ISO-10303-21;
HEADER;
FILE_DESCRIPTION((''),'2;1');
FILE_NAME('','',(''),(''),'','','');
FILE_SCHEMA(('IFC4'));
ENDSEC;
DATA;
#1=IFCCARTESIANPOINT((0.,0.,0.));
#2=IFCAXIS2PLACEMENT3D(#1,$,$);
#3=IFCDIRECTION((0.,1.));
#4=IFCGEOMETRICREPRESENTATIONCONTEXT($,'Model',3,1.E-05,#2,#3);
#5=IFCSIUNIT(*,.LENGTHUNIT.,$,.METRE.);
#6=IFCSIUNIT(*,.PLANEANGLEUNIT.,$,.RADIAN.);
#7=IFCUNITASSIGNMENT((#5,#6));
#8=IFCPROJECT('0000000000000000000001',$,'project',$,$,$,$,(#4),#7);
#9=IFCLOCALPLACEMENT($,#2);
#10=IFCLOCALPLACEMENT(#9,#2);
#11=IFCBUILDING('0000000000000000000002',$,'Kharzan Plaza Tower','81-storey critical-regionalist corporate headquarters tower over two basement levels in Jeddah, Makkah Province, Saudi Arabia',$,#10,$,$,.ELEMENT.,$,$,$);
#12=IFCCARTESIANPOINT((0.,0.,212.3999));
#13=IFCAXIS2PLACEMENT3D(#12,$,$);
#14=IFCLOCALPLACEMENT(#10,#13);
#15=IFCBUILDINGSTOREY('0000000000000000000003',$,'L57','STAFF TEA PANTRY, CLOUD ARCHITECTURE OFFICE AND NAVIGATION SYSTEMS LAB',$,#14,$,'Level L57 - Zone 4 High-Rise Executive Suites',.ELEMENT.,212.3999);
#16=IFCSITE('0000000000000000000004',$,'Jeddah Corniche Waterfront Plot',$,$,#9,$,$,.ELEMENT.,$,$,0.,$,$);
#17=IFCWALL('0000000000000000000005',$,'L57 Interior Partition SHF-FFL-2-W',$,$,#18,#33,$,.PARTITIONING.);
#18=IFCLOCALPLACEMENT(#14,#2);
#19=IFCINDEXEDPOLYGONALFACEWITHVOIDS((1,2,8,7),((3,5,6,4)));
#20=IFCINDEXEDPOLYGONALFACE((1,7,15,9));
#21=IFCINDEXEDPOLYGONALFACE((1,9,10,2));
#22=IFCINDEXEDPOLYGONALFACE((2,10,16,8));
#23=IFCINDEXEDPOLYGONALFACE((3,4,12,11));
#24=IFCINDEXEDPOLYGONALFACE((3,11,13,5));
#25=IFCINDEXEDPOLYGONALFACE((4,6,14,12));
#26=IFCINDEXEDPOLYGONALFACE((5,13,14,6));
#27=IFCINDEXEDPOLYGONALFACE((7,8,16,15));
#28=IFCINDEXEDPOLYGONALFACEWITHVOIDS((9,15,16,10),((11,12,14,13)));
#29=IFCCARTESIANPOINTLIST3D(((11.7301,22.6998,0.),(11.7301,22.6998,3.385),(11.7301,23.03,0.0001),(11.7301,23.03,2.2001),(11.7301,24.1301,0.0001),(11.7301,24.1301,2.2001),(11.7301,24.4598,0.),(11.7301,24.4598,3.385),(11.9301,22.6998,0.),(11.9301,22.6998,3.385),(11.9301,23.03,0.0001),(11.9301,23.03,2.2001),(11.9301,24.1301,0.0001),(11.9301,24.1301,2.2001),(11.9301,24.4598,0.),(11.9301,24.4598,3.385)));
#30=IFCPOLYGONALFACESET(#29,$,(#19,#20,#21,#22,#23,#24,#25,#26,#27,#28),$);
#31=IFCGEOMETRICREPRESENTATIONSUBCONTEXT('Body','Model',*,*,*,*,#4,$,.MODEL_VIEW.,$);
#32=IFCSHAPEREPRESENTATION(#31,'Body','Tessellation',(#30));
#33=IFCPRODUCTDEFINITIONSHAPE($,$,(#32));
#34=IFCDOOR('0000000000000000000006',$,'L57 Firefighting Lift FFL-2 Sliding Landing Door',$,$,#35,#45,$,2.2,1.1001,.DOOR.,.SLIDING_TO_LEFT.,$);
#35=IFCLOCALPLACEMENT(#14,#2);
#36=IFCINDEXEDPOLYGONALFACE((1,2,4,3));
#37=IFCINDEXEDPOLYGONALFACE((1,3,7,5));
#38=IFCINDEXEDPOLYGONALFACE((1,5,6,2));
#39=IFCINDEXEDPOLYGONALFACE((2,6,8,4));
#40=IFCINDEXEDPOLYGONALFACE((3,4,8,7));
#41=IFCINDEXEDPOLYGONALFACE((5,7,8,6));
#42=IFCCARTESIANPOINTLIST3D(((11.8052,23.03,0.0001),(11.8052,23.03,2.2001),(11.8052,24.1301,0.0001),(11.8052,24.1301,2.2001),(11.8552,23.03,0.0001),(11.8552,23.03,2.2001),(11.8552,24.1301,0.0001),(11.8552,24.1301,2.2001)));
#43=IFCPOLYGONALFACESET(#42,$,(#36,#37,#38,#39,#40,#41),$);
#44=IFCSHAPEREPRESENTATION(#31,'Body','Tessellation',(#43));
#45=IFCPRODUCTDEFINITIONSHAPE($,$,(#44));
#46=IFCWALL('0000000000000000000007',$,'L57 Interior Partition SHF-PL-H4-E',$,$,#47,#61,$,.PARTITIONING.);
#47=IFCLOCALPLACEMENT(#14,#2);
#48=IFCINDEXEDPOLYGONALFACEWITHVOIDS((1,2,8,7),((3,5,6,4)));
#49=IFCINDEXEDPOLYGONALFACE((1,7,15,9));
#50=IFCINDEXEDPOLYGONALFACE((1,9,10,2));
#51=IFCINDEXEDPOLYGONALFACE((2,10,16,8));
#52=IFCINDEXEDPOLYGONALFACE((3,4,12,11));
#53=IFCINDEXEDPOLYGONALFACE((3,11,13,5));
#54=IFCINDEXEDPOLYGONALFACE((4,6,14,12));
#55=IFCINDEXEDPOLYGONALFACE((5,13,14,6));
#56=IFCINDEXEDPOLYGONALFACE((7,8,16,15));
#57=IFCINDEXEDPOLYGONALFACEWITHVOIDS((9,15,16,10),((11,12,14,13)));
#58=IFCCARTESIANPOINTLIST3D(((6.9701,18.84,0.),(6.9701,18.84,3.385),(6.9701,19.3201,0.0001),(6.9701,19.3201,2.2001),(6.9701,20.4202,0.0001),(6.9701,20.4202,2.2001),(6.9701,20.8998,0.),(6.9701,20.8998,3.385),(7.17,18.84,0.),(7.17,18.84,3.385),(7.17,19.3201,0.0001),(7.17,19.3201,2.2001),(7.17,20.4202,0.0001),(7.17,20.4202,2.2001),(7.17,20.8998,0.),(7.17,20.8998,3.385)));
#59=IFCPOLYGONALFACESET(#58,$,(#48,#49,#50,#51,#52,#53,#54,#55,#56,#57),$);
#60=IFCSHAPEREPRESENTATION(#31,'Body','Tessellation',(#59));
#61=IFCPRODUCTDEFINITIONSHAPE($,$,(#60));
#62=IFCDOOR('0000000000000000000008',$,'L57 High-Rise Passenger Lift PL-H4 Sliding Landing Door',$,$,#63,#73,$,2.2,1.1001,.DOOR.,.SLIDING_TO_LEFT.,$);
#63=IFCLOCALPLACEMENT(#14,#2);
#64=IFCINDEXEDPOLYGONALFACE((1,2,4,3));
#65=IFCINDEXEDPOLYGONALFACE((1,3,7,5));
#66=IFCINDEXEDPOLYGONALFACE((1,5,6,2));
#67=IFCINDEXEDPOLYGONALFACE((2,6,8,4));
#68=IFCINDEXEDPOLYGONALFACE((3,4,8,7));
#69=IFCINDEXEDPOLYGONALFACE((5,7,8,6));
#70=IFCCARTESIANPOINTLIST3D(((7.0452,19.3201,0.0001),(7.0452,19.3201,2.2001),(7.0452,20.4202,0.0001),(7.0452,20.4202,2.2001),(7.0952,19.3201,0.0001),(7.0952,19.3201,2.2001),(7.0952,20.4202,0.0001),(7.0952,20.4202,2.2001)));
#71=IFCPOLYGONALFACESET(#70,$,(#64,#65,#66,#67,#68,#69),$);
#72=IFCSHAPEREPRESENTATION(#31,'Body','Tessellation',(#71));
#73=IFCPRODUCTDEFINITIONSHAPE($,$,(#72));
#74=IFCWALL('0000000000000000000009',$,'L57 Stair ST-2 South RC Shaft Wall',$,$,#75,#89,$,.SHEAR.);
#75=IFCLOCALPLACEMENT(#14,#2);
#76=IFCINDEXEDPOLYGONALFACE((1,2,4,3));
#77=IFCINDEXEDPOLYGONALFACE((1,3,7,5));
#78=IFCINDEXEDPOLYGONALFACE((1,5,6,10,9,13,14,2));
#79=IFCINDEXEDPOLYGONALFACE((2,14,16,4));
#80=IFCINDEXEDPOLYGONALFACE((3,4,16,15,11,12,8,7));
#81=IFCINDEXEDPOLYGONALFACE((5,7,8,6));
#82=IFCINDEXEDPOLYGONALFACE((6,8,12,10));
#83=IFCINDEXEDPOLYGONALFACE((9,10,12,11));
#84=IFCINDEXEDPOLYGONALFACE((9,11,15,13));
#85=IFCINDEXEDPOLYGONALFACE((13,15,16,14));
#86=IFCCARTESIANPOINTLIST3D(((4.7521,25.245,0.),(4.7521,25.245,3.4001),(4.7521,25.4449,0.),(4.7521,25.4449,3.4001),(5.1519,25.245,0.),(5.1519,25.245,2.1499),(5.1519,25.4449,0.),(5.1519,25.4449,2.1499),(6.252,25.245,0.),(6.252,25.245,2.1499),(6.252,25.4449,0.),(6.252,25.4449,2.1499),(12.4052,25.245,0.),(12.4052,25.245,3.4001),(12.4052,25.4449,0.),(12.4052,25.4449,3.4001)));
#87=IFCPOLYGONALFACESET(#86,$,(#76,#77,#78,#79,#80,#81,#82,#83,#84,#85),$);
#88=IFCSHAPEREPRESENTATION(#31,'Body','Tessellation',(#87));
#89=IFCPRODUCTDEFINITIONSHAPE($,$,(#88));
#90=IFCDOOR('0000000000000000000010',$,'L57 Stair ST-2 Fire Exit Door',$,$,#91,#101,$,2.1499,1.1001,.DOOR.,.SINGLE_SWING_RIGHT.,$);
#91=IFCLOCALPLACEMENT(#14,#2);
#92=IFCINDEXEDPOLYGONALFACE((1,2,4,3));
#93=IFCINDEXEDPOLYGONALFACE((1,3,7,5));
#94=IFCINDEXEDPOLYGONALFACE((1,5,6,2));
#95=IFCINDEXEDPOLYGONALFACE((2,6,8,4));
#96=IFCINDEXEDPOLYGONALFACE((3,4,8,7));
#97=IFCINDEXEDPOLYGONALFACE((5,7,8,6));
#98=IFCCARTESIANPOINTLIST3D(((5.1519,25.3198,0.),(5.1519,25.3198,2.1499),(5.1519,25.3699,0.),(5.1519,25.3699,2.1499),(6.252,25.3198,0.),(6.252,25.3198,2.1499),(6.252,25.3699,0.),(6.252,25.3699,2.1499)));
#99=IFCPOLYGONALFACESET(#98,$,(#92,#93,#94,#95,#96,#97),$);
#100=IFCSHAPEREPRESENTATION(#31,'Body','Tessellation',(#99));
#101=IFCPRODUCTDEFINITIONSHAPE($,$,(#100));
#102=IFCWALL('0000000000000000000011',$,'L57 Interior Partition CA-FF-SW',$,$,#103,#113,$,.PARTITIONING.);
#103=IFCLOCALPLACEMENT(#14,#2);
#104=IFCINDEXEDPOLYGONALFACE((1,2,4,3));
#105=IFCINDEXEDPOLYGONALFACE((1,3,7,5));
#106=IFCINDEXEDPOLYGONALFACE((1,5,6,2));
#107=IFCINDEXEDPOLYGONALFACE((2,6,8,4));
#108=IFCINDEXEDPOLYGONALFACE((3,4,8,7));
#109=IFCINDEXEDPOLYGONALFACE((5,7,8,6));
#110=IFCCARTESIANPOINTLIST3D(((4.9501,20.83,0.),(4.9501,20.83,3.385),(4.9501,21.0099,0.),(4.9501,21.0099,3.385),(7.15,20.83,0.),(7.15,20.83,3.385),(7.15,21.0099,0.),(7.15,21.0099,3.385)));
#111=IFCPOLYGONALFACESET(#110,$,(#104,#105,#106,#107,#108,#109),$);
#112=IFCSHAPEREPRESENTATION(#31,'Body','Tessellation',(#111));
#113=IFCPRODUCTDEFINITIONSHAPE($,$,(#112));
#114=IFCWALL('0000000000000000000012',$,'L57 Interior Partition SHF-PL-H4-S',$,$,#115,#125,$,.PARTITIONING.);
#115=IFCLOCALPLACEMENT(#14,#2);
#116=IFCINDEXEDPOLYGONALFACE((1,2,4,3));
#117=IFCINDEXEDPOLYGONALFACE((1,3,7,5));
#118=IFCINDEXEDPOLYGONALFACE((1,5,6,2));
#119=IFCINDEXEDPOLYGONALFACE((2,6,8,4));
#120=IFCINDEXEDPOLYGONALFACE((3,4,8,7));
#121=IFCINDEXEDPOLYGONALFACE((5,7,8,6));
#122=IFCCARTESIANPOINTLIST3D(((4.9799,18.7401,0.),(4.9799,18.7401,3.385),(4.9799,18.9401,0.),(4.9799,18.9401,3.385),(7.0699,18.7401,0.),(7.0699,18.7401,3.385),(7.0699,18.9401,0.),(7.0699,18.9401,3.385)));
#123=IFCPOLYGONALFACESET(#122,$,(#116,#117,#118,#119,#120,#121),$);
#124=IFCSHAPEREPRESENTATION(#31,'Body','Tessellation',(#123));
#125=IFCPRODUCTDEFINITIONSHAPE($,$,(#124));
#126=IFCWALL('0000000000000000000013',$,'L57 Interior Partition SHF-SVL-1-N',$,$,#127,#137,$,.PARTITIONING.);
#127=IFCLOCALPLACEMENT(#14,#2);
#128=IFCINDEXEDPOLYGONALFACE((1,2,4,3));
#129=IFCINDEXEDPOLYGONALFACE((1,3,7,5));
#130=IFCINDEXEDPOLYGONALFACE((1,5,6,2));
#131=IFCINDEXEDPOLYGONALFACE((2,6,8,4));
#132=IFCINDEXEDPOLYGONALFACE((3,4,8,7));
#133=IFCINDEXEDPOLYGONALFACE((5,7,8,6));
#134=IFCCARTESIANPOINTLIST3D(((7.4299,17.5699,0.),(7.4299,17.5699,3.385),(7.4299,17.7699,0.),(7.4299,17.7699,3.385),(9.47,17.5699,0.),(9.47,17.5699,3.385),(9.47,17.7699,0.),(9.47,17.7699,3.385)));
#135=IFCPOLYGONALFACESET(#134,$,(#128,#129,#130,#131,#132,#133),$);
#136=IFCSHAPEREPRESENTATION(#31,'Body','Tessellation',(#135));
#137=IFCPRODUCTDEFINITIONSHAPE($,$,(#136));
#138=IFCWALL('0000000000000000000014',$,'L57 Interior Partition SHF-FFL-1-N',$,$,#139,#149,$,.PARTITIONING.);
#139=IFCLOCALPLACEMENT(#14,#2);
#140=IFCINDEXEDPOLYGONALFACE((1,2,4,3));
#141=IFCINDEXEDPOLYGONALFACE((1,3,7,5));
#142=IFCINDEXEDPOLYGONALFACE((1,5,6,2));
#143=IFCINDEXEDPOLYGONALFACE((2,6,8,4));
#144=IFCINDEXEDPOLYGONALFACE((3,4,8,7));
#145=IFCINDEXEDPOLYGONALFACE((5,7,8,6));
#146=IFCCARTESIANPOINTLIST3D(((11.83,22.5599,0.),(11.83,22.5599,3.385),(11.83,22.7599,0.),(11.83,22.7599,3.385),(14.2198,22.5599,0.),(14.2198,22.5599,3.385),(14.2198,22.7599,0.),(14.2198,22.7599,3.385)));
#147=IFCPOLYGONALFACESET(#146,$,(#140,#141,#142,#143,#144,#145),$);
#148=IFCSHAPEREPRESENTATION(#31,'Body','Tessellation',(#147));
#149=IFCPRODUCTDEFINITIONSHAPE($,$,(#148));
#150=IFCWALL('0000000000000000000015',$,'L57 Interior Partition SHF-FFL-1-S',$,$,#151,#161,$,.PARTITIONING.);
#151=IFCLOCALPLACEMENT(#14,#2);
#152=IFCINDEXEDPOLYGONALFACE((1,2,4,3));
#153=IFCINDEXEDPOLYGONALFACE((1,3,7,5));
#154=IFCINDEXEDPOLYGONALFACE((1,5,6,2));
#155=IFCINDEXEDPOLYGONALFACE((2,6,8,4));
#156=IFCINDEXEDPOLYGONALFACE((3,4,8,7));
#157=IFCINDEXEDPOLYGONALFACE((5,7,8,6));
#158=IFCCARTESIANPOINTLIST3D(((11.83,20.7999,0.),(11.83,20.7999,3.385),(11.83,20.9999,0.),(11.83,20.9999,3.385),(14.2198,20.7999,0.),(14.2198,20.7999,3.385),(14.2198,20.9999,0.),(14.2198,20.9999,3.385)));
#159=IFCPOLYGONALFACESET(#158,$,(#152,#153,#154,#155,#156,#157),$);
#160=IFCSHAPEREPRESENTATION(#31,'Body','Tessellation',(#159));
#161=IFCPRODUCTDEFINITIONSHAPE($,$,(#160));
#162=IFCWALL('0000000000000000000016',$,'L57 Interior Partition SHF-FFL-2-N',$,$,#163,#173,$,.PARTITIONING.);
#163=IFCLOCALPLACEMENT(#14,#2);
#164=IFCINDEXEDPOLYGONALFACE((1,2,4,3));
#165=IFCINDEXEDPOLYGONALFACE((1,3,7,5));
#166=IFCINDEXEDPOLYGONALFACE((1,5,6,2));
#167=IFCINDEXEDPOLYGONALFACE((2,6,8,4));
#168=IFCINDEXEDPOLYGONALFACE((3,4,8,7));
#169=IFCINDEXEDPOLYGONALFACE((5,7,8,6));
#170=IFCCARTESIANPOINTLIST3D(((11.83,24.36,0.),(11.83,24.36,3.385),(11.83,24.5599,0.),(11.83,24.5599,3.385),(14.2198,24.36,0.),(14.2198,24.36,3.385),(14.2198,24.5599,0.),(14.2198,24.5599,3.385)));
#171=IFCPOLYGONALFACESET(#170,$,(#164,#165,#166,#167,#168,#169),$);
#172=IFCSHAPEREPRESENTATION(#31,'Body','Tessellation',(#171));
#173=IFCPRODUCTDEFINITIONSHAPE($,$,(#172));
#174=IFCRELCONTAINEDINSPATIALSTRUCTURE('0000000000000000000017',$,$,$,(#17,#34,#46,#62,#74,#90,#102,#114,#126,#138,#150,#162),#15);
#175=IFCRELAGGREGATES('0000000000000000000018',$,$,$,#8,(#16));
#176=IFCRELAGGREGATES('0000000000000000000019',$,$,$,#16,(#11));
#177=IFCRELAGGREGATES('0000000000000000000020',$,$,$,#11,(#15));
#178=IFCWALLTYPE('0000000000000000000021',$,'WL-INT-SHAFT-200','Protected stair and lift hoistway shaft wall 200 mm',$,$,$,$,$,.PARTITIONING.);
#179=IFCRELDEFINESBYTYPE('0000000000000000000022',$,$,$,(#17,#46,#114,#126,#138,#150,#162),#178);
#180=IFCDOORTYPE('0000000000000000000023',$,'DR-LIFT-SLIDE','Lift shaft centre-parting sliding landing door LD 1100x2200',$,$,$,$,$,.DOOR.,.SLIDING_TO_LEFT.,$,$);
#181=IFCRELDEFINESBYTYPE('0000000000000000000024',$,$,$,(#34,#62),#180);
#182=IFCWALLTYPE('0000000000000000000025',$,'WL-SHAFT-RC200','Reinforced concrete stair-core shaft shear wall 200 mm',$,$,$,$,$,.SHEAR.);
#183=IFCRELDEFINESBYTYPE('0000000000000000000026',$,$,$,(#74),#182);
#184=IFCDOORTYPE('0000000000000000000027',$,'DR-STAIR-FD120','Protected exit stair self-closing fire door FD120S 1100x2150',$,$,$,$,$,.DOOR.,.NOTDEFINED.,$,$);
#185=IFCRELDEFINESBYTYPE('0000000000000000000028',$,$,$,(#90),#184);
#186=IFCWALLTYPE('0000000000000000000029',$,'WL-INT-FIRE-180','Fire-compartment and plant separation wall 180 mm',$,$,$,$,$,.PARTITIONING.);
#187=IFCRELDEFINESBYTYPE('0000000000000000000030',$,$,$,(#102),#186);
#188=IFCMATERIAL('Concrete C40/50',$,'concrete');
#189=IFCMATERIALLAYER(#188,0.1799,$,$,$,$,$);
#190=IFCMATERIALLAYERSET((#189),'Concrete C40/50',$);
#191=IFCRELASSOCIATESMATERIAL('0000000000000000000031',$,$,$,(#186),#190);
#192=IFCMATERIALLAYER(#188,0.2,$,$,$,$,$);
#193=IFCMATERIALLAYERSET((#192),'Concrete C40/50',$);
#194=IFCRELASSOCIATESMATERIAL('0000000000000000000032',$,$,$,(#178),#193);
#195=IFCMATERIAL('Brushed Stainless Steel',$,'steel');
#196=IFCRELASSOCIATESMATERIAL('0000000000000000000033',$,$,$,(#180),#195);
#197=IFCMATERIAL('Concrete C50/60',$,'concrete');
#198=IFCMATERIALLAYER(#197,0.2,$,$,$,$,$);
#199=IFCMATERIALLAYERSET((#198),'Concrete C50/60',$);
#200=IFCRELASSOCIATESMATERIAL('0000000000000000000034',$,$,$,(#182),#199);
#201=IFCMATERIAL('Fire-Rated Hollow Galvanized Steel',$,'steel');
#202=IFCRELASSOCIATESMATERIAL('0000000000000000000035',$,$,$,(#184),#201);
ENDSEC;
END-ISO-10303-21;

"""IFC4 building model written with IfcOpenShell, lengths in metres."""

from ifc_helpers import new_model, si_unit, direction, frame, frame_2d, origin, place, context, subcontext, project, spatial, rectangle, extrude, source, transform, mapped, material, layer, layer_set, type_object, element, fill, save


model = new_model("IFC4")

# Units and contexts
model_context = context("Model", 3, precision=1e-05, world=origin(), true_north=direction((0.0, 1.0)))
body_context = subcontext(model_context, "Body", "Model", "MODEL_VIEW")
ifc_project = project(units=[si_unit("LENGTHUNIT", "METRE"), si_unit("PLANEANGLEUNIT", "RADIAN")], contexts=[model_context])

# Site, building, storey
site_placement = place(None, origin())
site = spatial("IfcSite", under=ifc_project, at=site_placement, Name="Jeddah Corniche Waterfront Plot", CompositionType="ELEMENT", RefElevation=0.0)
building_placement = place(site_placement, origin())
building = spatial("IfcBuilding", under=site, at=building_placement, Name="Kharzan Plaza Tower", Description="81-storey critical-regionalist corporate headquarters tower over two basement levels in Jeddah, Makkah Province, Saudi Arabia", CompositionType="ELEMENT")
storey_placement = place(building_placement, frame((0.0, 0.0, 212.3999)))
storey = spatial("IfcBuildingStorey", under=building, at=storey_placement, Name="L57", Description="STAFF TEA PANTRY, CLOUD ARCHITECTURE OFFICE AND NAVIGATION SYSTEMS LAB", LongName="Level L57 - Zone 4 High-Rise Executive Suites", CompositionType="ELEMENT", Elevation=212.3999)

# Walls, openings, doors
ifc_material_1 = material(Name="Concrete C40/50", Category="concrete")
ifc_layer_1 = layer(ifc_material_1, 0.1799)
ifc_layer_set_1 = layer_set([ifc_layer_1], Name="Concrete C40/50")
wall_type_1 = type_object("IfcWallType", Name="WL-INT-FIRE-180", Description="Fire-compartment and plant separation wall 180 mm", PredefinedType="PARTITIONING", material=ifc_layer_set_1)
ifc_layer_2 = layer(ifc_material_1, 0.2)
ifc_layer_set_2 = layer_set([ifc_layer_2], Name="Concrete C40/50")
wall_type_2 = type_object("IfcWallType", Name="WL-INT-SHAFT-200", Description="Protected stair and lift hoistway shaft wall 200 mm", PredefinedType="PARTITIONING", material=ifc_layer_set_2)
ifc_material_2 = material(Name="Brushed Stainless Steel", Category="steel")
door_type_1 = type_object("IfcDoorType", Name="DR-LIFT-SLIDE", Description="Lift shaft centre-parting sliding landing door LD 1100x2200", OperationType="SLIDING_TO_LEFT", PredefinedType="DOOR", material=ifc_material_2)
shared_shape_1 = source(origin(), body_context, "Body", "SweptSolid", [
    extrude(rectangle(XDim=1.1001, YDim=2.2, at=frame_2d((0.55, 1.1001))), frame((0.0, 0.0249, 0.0), z_axis=(0.0, -1.0, 0.0), x_axis=(1.0, 0.0, 0.0)), (0.0, 0.0, 1.0), 0.05),
])
wall_1_placement = place(storey_placement, frame((11.8301, 22.7, 0.0), z_axis=(0.0, 0.0, 1.0), x_axis=(0.0, 1.0, 0.0)))
wall_1 = element("IfcWall", 1, at=wall_1_placement, inside=storey, type_object=wall_type_2, Name="L57 Interior Partition SHF-FFL-2-W", PredefinedType="PARTITIONING", context=body_context, shape_type="SweptSolid", body=[
    extrude(rectangle(XDim=1.76, YDim=0.2, at=frame_2d((0.8799, 0.0))), origin(), (0.0, 0.0, 1.0), 3.385),
])
opening_1_placement = place(wall_1_placement, frame((0.3301, 0.0, 0.0)))
opening_1 = element("IfcOpeningElement", 2, at=opening_1_placement, cuts=wall_1, PredefinedType="OPENING", context=body_context, shape_type="SweptSolid", body=[
    extrude(rectangle(XDim=1.1001, YDim=2.2, at=frame_2d((0.55, 1.1001))), frame((0.0, 0.1099, 0.0), z_axis=(0.0, -1.0, 0.0), x_axis=(1.0, 0.0, 0.0)), (0.0, 0.0, 1.0), 0.22),
])
door_1_placement = place(opening_1_placement, origin())
door_1 = element("IfcDoor", 3, at=door_1_placement, inside=storey, type_object=door_type_1, Name="L57 Firefighting Lift FFL-2 Sliding Landing Door", OperationType="SLIDING_TO_LEFT", OverallHeight=2.2, OverallWidth=1.1001, PredefinedType="DOOR", context=body_context, shape_type="MappedRepresentation", body=[
    mapped(shared_shape_1, transform((0.0, 0.0, 0.0), x_axis=(1.0, 0.0, 0.0), y_axis=(0.0, 1.0, 0.0), z_axis=(0.0, 0.0, 1.0))),
])
fill(opening_1, door_1)
wall_2_placement = place(storey_placement, frame((7.0701, 18.8401, 0.0), z_axis=(0.0, 0.0, 1.0), x_axis=(0.0, 1.0, 0.0)))
wall_2 = element("IfcWall", 4, at=wall_2_placement, inside=storey, type_object=wall_type_2, Name="L57 Interior Partition SHF-PL-H4-E", PredefinedType="PARTITIONING", context=body_context, shape_type="SweptSolid", body=[
    extrude(rectangle(XDim=2.0598, YDim=0.2, at=frame_2d((1.0298, 0.0))), origin(), (0.0, 0.0, 1.0), 3.385),
])
opening_2_placement = place(wall_2_placement, frame((0.48, 0.0, 0.0)))
opening_2 = element("IfcOpeningElement", 5, at=opening_2_placement, cuts=wall_2, PredefinedType="OPENING", context=body_context, shape_type="SweptSolid", body=[
    extrude(rectangle(XDim=1.1001, YDim=2.2, at=frame_2d((0.55, 1.1001))), frame((0.0, 0.1099, 0.0), z_axis=(0.0, -1.0, 0.0), x_axis=(1.0, 0.0, 0.0)), (0.0, 0.0, 1.0), 0.22),
])
door_2_placement = place(opening_2_placement, origin())
door_2 = element("IfcDoor", 6, at=door_2_placement, inside=storey, type_object=door_type_1, Name="L57 High-Rise Passenger Lift PL-H4 Sliding Landing Door", OperationType="SLIDING_TO_LEFT", OverallHeight=2.2, OverallWidth=1.1001, PredefinedType="DOOR", context=body_context, shape_type="MappedRepresentation", body=[
    mapped(shared_shape_1, transform((0.0, 0.0, 0.0), x_axis=(1.0, 0.0, 0.0), y_axis=(0.0, 1.0, 0.0), z_axis=(0.0, 0.0, 1.0))),
])
fill(opening_2, door_2)
ifc_material_3 = material(Name="Concrete C50/60", Category="concrete")
ifc_layer_3 = layer(ifc_material_3, 0.2)
ifc_layer_set_3 = layer_set([ifc_layer_3], Name="Concrete C50/60")
wall_type_3 = type_object("IfcWallType", Name="WL-SHAFT-RC200", Description="Reinforced concrete stair-core shaft shear wall 200 mm", PredefinedType="SHEAR", material=ifc_layer_set_3)
wall_3_placement = place(storey_placement, frame((4.752, 25.345, 0.0), z_axis=(0.0, 0.0, 1.0), x_axis=(1.0, 0.0, 0.0)))
wall_3 = element("IfcWall", 7, at=wall_3_placement, inside=storey, type_object=wall_type_3, Name="L57 Stair ST-2 South RC Shaft Wall", PredefinedType="SHEAR", context=body_context, shape_type="SweptSolid", body=[
    extrude(rectangle(XDim=7.6531, YDim=0.2, at=frame_2d((3.8267, 0.0))), origin(), (0.0, 0.0, 1.0), 3.4001),
])
opening_3_placement = place(wall_3_placement, frame((0.3999, 0.0, 0.0)))
opening_3 = element("IfcOpeningElement", 8, at=opening_3_placement, cuts=wall_3, PredefinedType="OPENING", context=body_context, shape_type="SweptSolid", body=[
    extrude(rectangle(XDim=1.1001, YDim=2.1499, at=frame_2d((0.55, 1.075))), frame((0.0, 0.1099, 0.0), z_axis=(0.0, -1.0, 0.0), x_axis=(1.0, 0.0, 0.0)), (0.0, 0.0, 1.0), 0.22),
])
ifc_material_4 = material(Name="Fire-Rated Hollow Galvanized Steel", Category="steel")
door_type_2 = type_object("IfcDoorType", Name="DR-STAIR-FD120", Description="Protected exit stair self-closing fire door FD120S 1100x2150", OperationType="NOTDEFINED", PredefinedType="DOOR", material=ifc_material_4)
shared_shape_2 = source(origin(), body_context, "Body", "SweptSolid", [
    extrude(rectangle(XDim=1.1001, YDim=2.1499, at=frame_2d((0.55, 1.075))), frame((0.0, 0.0249, 0.0), z_axis=(0.0, -1.0, 0.0), x_axis=(1.0, 0.0, 0.0)), (0.0, 0.0, 1.0), 0.05),
])
door_3_placement = place(opening_3_placement, origin())
door_3 = element("IfcDoor", 9, at=door_3_placement, inside=storey, type_object=door_type_2, Name="L57 Stair ST-2 Fire Exit Door", OperationType="SINGLE_SWING_RIGHT", OverallHeight=2.1499, OverallWidth=1.1001, PredefinedType="DOOR", context=body_context, shape_type="MappedRepresentation", body=[
    mapped(shared_shape_2, transform((0.0, 0.0, 0.0), x_axis=(1.0, 0.0, 0.0), y_axis=(0.0, 1.0, 0.0), z_axis=(0.0, 0.0, 1.0))),
])
fill(opening_3, door_3)

# Walls
shared_shape_3 = source(origin(), body_context, "Body", "SweptSolid", [
    extrude(rectangle(XDim=2.2, YDim=0.1799, at=frame_2d((1.1001, 0.0))), origin(), (0.0, 0.0, 1.0), 3.385),
])
wall_4_placement = place(storey_placement, frame((4.95, 20.9199, 0.0), z_axis=(0.0, 0.0, 1.0), x_axis=(1.0, 0.0, 0.0)))
element("IfcWall", 10, at=wall_4_placement, inside=storey, type_object=wall_type_1, Name="L57 Interior Partition CA-FF-SW", PredefinedType="PARTITIONING", context=body_context, shape_type="MappedRepresentation", body=[
    mapped(shared_shape_3, transform((0.0, 0.0, 0.0), x_axis=(1.0, 0.0, 0.0), y_axis=(0.0, 1.0, 0.0), z_axis=(0.0, 0.0, 1.0))),
])
shared_shape_4 = source(origin(), body_context, "Body", "SweptSolid", [
    extrude(rectangle(XDim=2.0901, YDim=0.2, at=frame_2d((1.0449, 0.0))), origin(), (0.0, 0.0, 1.0), 3.385),
])
wall_5_placement = place(storey_placement, frame((4.98, 18.8401, 0.0), z_axis=(0.0, 0.0, 1.0), x_axis=(1.0, 0.0, 0.0)))
element("IfcWall", 11, at=wall_5_placement, inside=storey, type_object=wall_type_2, Name="L57 Interior Partition SHF-PL-H4-S", PredefinedType="PARTITIONING", context=body_context, shape_type="MappedRepresentation", body=[
    mapped(shared_shape_4, transform((0.0, 0.0, 0.0), x_axis=(1.0, 0.0, 0.0), y_axis=(0.0, 1.0, 0.0), z_axis=(0.0, 0.0, 1.0))),
])
shared_shape_5 = source(origin(), body_context, "Body", "SweptSolid", [
    extrude(rectangle(XDim=2.04, YDim=0.2, at=frame_2d((1.02, 0.0))), origin(), (0.0, 0.0, 1.0), 3.385),
])
wall_6_placement = place(storey_placement, frame((7.4299, 17.6699, 0.0), z_axis=(0.0, 0.0, 1.0), x_axis=(1.0, 0.0, 0.0)))
element("IfcWall", 12, at=wall_6_placement, inside=storey, type_object=wall_type_2, Name="L57 Interior Partition SHF-SVL-1-N", PredefinedType="PARTITIONING", context=body_context, shape_type="MappedRepresentation", body=[
    mapped(shared_shape_5, transform((0.0, 0.0, 0.0), x_axis=(1.0, 0.0, 0.0), y_axis=(0.0, 1.0, 0.0), z_axis=(0.0, 0.0, 1.0))),
])
shared_shape_6 = source(origin(), body_context, "Body", "SweptSolid", [
    extrude(rectangle(XDim=2.3899, YDim=0.2, at=frame_2d((1.1948, 0.0))), origin(), (0.0, 0.0, 1.0), 3.385),
])
for number, where, z_axis, x_axis, name in (
    (13, (11.8301, 22.6599, 0.0), (0.0, 0.0, 1.0), (1.0, 0.0, 0.0), "L57 Interior Partition SHF-FFL-1-N"),
    (14, (11.8301, 20.8999, 0.0), (0.0, 0.0, 1.0), (1.0, 0.0, 0.0), "L57 Interior Partition SHF-FFL-1-S"),
    (15, (11.8301, 24.46, 0.0), (0.0, 0.0, 1.0), (1.0, 0.0, 0.0), "L57 Interior Partition SHF-FFL-2-N"),
):
    element("IfcWall", number, at=place(storey_placement, frame(where, z_axis=z_axis, x_axis=x_axis)), inside=storey, type_object=wall_type_2, Name=name, PredefinedType="PARTITIONING", context=body_context, shape_type="MappedRepresentation", body=[
        mapped(shared_shape_6, transform((0.0, 0.0, 0.0), x_axis=(1.0, 0.0, 0.0), y_axis=(0.0, 1.0, 0.0), z_axis=(0.0, 0.0, 1.0))),
    ])

save(model, "model.ifc")
